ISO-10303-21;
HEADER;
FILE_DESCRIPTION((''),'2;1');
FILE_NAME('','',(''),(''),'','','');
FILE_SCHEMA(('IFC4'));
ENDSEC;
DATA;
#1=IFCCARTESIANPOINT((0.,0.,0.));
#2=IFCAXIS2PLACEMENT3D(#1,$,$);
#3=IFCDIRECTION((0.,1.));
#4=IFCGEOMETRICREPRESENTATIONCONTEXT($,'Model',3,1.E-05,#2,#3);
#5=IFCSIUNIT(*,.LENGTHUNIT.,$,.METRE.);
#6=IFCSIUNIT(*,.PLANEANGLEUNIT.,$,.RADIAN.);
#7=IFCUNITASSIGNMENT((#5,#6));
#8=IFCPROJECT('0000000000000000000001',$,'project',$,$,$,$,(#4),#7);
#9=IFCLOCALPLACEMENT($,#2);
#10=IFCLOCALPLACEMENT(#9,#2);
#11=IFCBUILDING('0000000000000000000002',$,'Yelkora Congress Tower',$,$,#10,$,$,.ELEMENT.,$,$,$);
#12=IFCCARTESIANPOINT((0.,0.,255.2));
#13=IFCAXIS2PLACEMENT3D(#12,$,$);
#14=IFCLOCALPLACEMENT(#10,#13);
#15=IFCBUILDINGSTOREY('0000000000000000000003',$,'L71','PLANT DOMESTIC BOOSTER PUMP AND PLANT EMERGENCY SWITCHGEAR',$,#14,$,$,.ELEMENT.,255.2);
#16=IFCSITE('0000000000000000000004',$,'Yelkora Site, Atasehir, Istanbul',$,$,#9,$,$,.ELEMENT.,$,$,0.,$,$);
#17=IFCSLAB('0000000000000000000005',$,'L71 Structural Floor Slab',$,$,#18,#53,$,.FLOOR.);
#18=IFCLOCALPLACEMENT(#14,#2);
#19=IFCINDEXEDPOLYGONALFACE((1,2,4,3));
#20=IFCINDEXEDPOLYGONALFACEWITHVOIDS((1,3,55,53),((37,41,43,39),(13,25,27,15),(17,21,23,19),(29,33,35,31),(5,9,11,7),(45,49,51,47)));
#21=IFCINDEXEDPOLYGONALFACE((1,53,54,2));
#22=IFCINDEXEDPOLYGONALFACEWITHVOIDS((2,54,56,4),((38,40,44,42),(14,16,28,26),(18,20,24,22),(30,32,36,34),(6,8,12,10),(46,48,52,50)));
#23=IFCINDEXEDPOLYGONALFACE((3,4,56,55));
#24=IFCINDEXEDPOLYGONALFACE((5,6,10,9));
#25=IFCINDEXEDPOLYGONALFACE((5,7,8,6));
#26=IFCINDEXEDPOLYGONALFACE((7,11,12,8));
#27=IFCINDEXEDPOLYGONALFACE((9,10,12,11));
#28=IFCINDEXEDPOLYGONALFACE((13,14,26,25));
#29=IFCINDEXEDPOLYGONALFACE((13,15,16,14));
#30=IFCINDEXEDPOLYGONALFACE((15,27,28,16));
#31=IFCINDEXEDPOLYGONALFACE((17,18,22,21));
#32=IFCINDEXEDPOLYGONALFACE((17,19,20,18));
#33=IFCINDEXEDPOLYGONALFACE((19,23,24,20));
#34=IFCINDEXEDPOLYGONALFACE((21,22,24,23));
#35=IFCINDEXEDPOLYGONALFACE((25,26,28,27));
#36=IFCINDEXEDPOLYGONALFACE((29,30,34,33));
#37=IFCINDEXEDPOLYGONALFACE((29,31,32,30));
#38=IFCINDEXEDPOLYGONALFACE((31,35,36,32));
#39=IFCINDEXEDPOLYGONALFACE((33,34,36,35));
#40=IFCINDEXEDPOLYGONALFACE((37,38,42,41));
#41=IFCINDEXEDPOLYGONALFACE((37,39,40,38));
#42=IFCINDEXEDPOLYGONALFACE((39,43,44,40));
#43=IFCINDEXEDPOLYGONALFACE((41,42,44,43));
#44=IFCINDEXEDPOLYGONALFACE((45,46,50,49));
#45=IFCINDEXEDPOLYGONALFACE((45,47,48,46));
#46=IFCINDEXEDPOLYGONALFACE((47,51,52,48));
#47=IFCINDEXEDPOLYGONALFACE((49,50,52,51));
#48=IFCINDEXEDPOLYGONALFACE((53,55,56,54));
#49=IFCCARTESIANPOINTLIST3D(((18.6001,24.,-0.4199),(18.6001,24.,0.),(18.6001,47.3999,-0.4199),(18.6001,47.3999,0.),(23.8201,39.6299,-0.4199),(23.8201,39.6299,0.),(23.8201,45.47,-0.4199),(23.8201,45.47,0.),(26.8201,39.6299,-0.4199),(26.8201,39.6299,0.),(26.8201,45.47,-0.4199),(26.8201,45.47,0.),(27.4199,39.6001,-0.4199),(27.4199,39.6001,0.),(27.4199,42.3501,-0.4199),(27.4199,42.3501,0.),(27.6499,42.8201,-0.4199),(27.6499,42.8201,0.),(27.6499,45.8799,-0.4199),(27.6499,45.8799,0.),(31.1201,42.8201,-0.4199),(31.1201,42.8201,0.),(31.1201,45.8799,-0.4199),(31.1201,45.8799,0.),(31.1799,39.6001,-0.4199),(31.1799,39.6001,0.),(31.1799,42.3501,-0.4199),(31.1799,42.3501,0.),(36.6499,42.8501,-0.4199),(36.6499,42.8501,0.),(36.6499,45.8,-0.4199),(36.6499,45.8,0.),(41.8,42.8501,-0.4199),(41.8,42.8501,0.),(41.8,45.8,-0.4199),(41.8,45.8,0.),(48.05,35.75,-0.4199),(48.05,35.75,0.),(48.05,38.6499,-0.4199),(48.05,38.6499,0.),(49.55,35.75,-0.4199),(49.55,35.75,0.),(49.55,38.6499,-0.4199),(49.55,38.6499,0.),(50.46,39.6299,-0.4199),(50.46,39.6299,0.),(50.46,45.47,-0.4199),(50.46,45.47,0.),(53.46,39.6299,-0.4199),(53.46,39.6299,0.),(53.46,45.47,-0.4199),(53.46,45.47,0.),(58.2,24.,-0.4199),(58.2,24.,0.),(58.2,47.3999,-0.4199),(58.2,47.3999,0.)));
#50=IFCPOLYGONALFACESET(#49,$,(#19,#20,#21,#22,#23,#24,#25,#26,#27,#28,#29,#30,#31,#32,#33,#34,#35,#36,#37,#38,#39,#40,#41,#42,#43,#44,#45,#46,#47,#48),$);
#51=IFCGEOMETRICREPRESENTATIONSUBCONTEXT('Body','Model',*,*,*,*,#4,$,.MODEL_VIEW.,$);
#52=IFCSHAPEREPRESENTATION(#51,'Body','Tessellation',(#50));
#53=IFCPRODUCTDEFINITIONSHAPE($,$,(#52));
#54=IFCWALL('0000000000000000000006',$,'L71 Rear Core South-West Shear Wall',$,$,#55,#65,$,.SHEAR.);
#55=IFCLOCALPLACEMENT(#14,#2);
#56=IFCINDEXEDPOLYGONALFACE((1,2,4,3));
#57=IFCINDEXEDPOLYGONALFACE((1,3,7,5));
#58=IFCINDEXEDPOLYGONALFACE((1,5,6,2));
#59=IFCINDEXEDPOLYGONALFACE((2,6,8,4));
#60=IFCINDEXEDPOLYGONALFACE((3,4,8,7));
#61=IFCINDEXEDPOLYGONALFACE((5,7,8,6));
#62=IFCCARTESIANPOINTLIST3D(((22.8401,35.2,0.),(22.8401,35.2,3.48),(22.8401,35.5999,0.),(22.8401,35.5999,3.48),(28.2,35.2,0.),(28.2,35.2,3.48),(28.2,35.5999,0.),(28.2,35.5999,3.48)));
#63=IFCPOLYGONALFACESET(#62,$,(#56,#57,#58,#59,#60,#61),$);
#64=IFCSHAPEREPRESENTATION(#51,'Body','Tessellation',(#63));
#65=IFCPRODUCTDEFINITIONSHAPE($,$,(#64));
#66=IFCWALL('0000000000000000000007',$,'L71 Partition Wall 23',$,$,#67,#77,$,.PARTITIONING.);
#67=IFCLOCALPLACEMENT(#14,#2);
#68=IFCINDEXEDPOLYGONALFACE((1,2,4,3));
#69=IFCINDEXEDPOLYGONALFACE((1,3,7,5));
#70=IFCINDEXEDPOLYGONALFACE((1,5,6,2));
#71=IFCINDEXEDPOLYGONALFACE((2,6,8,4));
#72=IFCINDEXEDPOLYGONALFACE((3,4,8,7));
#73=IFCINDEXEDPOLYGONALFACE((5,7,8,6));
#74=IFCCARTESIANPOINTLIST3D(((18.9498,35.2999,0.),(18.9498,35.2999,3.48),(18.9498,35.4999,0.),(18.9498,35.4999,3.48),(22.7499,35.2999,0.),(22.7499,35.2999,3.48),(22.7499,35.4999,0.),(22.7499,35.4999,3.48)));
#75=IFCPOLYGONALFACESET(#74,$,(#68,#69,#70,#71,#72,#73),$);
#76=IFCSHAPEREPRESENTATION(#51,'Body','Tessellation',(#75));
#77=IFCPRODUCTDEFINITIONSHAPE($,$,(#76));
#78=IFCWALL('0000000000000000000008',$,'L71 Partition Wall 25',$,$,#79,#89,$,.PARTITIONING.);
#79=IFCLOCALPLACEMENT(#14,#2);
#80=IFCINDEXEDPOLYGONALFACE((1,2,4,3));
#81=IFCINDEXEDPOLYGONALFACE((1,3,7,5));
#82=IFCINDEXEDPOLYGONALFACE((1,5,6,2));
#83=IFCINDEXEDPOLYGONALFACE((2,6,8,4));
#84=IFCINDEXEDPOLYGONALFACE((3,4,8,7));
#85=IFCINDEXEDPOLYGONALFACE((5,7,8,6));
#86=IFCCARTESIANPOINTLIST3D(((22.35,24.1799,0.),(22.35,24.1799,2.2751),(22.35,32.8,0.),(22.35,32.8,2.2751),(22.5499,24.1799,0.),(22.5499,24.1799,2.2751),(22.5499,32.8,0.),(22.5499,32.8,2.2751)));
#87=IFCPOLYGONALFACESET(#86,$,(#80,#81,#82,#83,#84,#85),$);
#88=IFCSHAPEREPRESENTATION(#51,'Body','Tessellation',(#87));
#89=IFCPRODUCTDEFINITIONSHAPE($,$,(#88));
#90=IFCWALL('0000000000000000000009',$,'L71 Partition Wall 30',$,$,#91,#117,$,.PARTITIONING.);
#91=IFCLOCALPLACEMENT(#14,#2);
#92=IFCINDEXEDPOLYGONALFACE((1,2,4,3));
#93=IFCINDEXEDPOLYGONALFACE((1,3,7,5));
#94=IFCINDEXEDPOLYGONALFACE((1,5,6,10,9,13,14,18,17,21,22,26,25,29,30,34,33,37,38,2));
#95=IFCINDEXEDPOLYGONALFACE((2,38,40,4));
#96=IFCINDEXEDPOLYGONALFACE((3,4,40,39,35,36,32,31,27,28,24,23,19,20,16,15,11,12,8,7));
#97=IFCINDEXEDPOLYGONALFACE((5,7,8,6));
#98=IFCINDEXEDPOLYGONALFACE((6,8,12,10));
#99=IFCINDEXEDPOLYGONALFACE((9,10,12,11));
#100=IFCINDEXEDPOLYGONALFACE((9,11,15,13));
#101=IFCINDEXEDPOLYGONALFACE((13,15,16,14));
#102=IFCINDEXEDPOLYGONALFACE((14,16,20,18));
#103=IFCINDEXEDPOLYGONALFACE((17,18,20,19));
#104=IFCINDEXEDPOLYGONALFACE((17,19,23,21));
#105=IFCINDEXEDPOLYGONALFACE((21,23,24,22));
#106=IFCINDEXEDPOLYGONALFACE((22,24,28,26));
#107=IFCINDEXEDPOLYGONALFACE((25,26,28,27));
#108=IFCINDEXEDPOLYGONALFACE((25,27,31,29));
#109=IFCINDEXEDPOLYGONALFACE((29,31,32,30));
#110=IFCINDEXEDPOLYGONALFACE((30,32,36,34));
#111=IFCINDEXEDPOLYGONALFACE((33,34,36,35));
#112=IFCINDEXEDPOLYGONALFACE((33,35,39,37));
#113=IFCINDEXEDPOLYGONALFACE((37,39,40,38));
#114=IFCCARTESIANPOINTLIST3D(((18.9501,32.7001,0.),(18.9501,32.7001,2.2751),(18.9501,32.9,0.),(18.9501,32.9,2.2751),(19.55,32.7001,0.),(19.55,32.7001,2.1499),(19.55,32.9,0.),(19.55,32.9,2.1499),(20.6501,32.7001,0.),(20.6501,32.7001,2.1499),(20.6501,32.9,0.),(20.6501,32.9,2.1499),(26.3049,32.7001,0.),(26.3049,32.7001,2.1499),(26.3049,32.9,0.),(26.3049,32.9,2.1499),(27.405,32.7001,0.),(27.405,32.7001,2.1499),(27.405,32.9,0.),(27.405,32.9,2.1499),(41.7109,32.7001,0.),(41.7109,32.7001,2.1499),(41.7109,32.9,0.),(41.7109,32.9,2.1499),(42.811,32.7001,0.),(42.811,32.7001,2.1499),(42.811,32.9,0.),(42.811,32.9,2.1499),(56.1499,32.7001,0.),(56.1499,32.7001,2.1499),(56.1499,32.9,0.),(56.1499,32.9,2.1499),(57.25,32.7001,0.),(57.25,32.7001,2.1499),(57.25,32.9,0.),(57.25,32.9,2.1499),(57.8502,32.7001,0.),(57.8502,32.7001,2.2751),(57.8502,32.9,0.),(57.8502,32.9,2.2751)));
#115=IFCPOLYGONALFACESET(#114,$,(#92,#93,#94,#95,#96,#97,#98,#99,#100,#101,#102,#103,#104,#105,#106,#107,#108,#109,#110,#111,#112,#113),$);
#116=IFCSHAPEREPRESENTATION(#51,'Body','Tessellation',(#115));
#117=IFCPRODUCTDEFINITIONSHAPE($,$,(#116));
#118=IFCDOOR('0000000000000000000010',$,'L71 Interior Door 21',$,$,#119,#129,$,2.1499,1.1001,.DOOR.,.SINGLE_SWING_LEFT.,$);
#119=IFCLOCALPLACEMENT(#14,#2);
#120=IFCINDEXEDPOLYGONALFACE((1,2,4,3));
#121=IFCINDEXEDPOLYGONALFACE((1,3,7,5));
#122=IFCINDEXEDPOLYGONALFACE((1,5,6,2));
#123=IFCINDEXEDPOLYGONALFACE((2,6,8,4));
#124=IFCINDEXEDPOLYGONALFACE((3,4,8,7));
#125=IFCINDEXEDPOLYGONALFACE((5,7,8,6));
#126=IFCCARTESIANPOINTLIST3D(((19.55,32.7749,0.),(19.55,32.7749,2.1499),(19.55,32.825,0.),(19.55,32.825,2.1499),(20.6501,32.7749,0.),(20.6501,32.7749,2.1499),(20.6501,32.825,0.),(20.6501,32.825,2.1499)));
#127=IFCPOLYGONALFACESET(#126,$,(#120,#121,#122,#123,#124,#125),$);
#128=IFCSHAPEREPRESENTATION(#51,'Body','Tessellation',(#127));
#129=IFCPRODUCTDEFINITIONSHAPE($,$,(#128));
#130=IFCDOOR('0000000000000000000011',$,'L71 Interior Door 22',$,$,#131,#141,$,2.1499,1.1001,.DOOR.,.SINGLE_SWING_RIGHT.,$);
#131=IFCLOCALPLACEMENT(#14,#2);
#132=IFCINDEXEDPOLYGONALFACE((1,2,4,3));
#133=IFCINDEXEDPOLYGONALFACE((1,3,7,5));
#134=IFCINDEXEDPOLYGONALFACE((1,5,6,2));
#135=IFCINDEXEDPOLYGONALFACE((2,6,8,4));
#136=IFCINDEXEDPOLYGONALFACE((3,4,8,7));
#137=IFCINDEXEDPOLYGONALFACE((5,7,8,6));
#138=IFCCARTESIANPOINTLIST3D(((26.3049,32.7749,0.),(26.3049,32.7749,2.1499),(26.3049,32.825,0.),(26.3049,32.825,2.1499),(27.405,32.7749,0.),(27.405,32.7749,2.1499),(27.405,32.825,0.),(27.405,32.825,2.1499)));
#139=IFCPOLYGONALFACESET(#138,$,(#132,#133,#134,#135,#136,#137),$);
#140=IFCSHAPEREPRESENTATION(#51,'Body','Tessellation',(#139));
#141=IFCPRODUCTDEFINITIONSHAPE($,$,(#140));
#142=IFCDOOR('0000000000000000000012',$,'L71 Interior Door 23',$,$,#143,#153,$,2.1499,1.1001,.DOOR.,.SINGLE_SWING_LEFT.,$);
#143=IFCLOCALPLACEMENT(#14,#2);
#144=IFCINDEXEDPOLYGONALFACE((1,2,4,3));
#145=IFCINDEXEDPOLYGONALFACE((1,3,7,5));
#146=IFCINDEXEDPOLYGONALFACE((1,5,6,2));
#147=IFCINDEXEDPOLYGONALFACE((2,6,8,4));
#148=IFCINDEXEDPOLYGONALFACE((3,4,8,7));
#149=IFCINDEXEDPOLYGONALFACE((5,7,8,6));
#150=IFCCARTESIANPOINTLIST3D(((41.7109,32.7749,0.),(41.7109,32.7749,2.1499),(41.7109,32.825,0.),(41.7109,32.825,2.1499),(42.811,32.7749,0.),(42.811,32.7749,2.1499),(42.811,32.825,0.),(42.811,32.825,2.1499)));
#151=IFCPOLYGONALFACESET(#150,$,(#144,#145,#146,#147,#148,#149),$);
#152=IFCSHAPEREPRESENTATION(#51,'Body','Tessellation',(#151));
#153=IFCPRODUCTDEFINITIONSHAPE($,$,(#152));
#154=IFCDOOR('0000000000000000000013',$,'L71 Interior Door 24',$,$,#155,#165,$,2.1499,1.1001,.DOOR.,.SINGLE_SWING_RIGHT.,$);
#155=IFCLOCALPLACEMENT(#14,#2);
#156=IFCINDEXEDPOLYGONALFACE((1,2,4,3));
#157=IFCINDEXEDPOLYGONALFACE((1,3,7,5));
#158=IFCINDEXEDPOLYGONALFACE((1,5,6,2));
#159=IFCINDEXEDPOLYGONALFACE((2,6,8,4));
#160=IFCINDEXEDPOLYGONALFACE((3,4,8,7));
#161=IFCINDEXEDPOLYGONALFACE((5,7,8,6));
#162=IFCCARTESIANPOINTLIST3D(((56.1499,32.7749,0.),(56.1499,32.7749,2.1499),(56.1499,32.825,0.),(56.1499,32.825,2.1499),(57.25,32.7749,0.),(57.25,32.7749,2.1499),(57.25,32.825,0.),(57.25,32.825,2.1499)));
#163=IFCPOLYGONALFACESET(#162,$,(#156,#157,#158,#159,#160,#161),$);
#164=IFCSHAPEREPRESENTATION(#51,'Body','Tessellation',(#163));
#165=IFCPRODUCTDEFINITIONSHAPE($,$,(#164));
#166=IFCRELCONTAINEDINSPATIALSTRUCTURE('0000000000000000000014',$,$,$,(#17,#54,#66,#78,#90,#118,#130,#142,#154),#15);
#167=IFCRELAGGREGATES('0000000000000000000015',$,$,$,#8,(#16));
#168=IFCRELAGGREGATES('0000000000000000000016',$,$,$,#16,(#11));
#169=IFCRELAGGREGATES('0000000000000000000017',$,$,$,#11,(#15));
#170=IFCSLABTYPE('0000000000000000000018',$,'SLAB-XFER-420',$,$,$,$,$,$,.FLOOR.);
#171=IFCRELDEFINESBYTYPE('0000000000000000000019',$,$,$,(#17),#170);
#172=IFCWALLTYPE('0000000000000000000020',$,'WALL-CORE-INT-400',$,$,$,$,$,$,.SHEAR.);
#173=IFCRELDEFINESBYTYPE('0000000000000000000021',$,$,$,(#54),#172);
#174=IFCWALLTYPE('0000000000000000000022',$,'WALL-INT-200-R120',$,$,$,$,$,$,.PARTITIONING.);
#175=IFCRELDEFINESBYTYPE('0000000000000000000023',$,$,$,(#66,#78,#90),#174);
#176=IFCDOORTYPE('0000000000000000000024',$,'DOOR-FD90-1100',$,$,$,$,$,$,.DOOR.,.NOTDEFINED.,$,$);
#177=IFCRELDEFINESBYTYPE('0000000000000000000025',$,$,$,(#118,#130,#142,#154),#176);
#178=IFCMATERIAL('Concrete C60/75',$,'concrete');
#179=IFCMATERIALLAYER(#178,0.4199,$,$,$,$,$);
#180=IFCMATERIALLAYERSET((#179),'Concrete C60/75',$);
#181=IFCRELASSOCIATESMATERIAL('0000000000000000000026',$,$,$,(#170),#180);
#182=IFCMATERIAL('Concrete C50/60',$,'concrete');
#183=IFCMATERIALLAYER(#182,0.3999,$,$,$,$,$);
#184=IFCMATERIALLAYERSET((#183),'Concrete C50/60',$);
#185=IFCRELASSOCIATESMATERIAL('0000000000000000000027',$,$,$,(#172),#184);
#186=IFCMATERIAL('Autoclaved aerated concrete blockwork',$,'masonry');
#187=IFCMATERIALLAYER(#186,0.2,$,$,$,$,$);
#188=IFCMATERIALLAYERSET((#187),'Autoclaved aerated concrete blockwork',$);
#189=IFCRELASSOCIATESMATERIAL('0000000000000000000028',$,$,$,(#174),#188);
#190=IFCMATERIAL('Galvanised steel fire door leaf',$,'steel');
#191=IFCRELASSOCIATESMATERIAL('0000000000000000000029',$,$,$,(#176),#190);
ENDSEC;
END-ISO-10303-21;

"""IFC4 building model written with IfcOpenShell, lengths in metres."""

from ifc_helpers import new_model, si_unit, direction, frame, frame_2d, origin, place, context, subcontext, project, spatial, polyline, rectangle, outline, extrude, material, layer, layer_set, type_object, element, fill, save


model = new_model("IFC4")

# Units and contexts
model_context = context("Model", 3, precision=1e-05, world=origin(), true_north=direction((0.0, 1.0)))
body_context = subcontext(model_context, "Body", "Model", "MODEL_VIEW")
ifc_project = project(units=[si_unit("LENGTHUNIT", "METRE"), si_unit("PLANEANGLEUNIT", "RADIAN")], contexts=[model_context])

# Site, building, storey
site_placement = place(None, origin())
site = spatial("IfcSite", under=ifc_project, at=site_placement, Name="Yelkora Site, Atasehir, Istanbul", CompositionType="ELEMENT", RefElevation=0.0)
building_placement = place(site_placement, origin())
building = spatial("IfcBuilding", under=site, at=building_placement, Name="Yelkora Congress Tower", CompositionType="ELEMENT")
storey_placement = place(building_placement, frame((0.0, 0.0, 255.2)))
storey = spatial("IfcBuildingStorey", under=building, at=storey_placement, Name="L71", Description="PLANT DOMESTIC BOOSTER PUMP AND PLANT EMERGENCY SWITCHGEAR", CompositionType="ELEMENT", Elevation=255.2)

# Slab
ifc_material_1 = material(Name="Concrete C60/75", Category="concrete")
ifc_layer_1 = layer(ifc_material_1, 0.4199)
ifc_layer_set_1 = layer_set([ifc_layer_1], Name="Concrete C60/75")
slab_type_1 = type_object("IfcSlabType", Name="SLAB-XFER-420", PredefinedType="FLOOR", material=ifc_layer_set_1)
slab_1_placement = place(storey_placement, frame((0.0, 0.0, -0.4199)))
element("IfcSlab", 1, at=slab_1_placement, inside=storey, type_object=slab_type_1, Name="L71 Structural Floor Slab", PredefinedType="FLOOR", context=body_context, shape_type="SweptSolid", body=[
    extrude(outline(polyline([(18.6001, 24.0), (58.2, 24.0), (58.2, 47.3999), (18.6001, 47.3999), (18.6001, 24.0)]), holes=[polyline([(23.8201, 39.6299), (26.8201, 39.6299), (26.8201, 45.47), (23.8201, 45.47), (23.8201, 39.6299)]), polyline([(50.46, 39.6299), (53.46, 39.6299), (53.46, 45.47), (50.46, 45.47), (50.46, 39.6299)]), polyline([(48.05, 35.75), (49.55, 35.75), (49.55, 38.6499), (48.05, 38.6499), (48.05, 35.75)]), polyline([(36.6499, 42.8501), (41.8, 42.8501), (41.8, 45.8), (36.6499, 45.8), (36.6499, 42.8501)]), polyline([(27.4199, 39.6001), (31.1799, 39.6001), (31.1799, 42.3501), (27.4199, 42.3501), (27.4199, 39.6001)]), polyline([(27.6499, 42.8201), (31.1201, 42.8201), (31.1201, 45.8799), (27.6499, 45.8799), (27.6499, 42.8201)])]), origin(), (0.0, 0.0, 1.0), 0.4199),
])

# Walls
ifc_material_2 = material(Name="Concrete C50/60", Category="concrete")
ifc_layer_2 = layer(ifc_material_2, 0.3999)
ifc_layer_set_2 = layer_set([ifc_layer_2], Name="Concrete C50/60")
wall_type_1 = type_object("IfcWallType", Name="WALL-CORE-INT-400", PredefinedType="SHEAR", material=ifc_layer_set_2)
wall_1_placement = place(storey_placement, frame((22.8401, 35.3999, 0.0), z_axis=(0.0, 0.0, 1.0), x_axis=(1.0, 0.0, 0.0)))
element("IfcWall", 2, at=wall_1_placement, inside=storey, type_object=wall_type_1, Name="L71 Rear Core South-West Shear Wall", PredefinedType="SHEAR", context=body_context, shape_type="SweptSolid", body=[
    extrude(rectangle(XDim=5.3599, YDim=0.3999, at=frame_2d((2.6799, 0.0))), origin(), (0.0, 0.0, 1.0), 3.48),
])
ifc_material_3 = material(Name="Autoclaved aerated concrete blockwork", Category="masonry")
ifc_layer_3 = layer(ifc_material_3, 0.2)
ifc_layer_set_3 = layer_set([ifc_layer_3], Name="Autoclaved aerated concrete blockwork")
wall_type_2 = type_object("IfcWallType", Name="WALL-INT-200-R120", PredefinedType="PARTITIONING", material=ifc_layer_set_3)
wall_2_placement = place(storey_placement, frame((18.95, 35.3999, 0.0), z_axis=(0.0, 0.0, 1.0), x_axis=(1.0, 0.0, 0.0)))
element("IfcWall", 3, at=wall_2_placement, inside=storey, type_object=wall_type_2, Name="L71 Partition Wall 23", PredefinedType="PARTITIONING", context=body_context, shape_type="SweptSolid", body=[
    extrude(rectangle(XDim=3.8, YDim=0.2, at=frame_2d((1.8999, 0.0))), origin(), (0.0, 0.0, 1.0), 3.48),
])
wall_3_placement = place(storey_placement, frame((22.45, 24.1799, 0.0), z_axis=(0.0, 0.0, 1.0), x_axis=(0.0, 1.0, 0.0)))
element("IfcWall", 4, at=wall_3_placement, inside=storey, type_object=wall_type_2, Name="L71 Partition Wall 25", PredefinedType="PARTITIONING", context=body_context, shape_type="SweptSolid", body=[
    extrude(rectangle(XDim=8.6201, YDim=0.2, at=frame_2d((4.3101, 0.0))), origin(), (0.0, 0.0, 1.0), 2.2751),
])

# Wall, openings, doors
wall_4_placement = place(storey_placement, frame((18.95, 32.8, 0.0), z_axis=(0.0, 0.0, 1.0), x_axis=(1.0, 0.0, 0.0)))
wall_4 = element("IfcWall", 5, at=wall_4_placement, inside=storey, type_object=wall_type_2, Name="L71 Partition Wall 30", PredefinedType="PARTITIONING", context=body_context, shape_type="SweptSolid", body=[
    extrude(rectangle(XDim=38.9001, YDim=0.2, at=frame_2d((19.4502, 0.0))), origin(), (0.0, 0.0, 1.0), 2.2751),
])
opening_1_placement = place(wall_4_placement, frame((0.6001, 0.0, 0.0)))
opening_1 = element("IfcOpeningElement", 6, at=opening_1_placement, cuts=wall_4, PredefinedType="OPENING", context=body_context, shape_type="SweptSolid", body=[
    extrude(rectangle(XDim=1.1001, YDim=2.1499, at=frame_2d((0.55, 1.075))), frame((0.0, 0.1099, 0.0), z_axis=(0.0, -1.0, 0.0), x_axis=(1.0, 0.0, 0.0)), (0.0, 0.0, 1.0), 0.22),
])
opening_2_placement = place(wall_4_placement, frame((7.355, 0.0, 0.0)))
opening_2 = element("IfcOpeningElement", 7, at=opening_2_placement, cuts=wall_4, PredefinedType="OPENING", context=body_context, shape_type="SweptSolid", body=[
    extrude(rectangle(XDim=1.1001, YDim=2.1499, at=frame_2d((0.55, 1.075))), frame((0.0, 0.1099, 0.0), z_axis=(0.0, -1.0, 0.0), x_axis=(1.0, 0.0, 0.0)), (0.0, 0.0, 1.0), 0.22),
])
opening_3_placement = place(wall_4_placement, frame((22.761, 0.0, 0.0)))
opening_3 = element("IfcOpeningElement", 8, at=opening_3_placement, cuts=wall_4, PredefinedType="OPENING", context=body_context, shape_type="SweptSolid", body=[
    extrude(rectangle(XDim=1.1001, YDim=2.1499, at=frame_2d((0.55, 1.075))), frame((0.0, 0.1099, 0.0), z_axis=(0.0, -1.0, 0.0), x_axis=(1.0, 0.0, 0.0)), (0.0, 0.0, 1.0), 0.22),
])
opening_4_placement = place(wall_4_placement, frame((37.2, 0.0, 0.0)))
opening_4 = element("IfcOpeningElement", 9, at=opening_4_placement, cuts=wall_4, PredefinedType="OPENING", context=body_context, shape_type="SweptSolid", body=[
    extrude(rectangle(XDim=1.1001, YDim=2.1499, at=frame_2d((0.55, 1.075))), frame((0.0, 0.1099, 0.0), z_axis=(0.0, -1.0, 0.0), x_axis=(1.0, 0.0, 0.0)), (0.0, 0.0, 1.0), 0.22),
])
ifc_material_4 = material(Name="Galvanised steel fire door leaf", Category="steel")
door_type = type_object("IfcDoorType", Name="DOOR-FD90-1100", OperationType="NOTDEFINED", PredefinedType="DOOR", material=ifc_material_4)
door_1_placement = place(opening_1_placement, origin())
door_1 = element("IfcDoor", 10, at=door_1_placement, inside=storey, type_object=door_type, Name="L71 Interior Door 21", OperationType="SINGLE_SWING_LEFT", OverallHeight=2.1499, OverallWidth=1.1001, PredefinedType="DOOR", context=body_context, shape_type="SweptSolid", body=[
    extrude(rectangle(XDim=1.1001, YDim=2.1499, at=frame_2d((0.55, 1.075))), frame((0.0, 0.0249, 0.0), z_axis=(0.0, -1.0, 0.0), x_axis=(1.0, 0.0, 0.0)), (0.0, 0.0, 1.0), 0.05),
])
fill(opening_1, door_1)
door_2_placement = place(opening_2_placement, origin())
door_2 = element("IfcDoor", 11, at=door_2_placement, inside=storey, type_object=door_type, Name="L71 Interior Door 22", OperationType="SINGLE_SWING_RIGHT", OverallHeight=2.1499, OverallWidth=1.1001, PredefinedType="DOOR", context=body_context, shape_type="SweptSolid", body=[
    extrude(rectangle(XDim=1.1001, YDim=2.1499, at=frame_2d((0.55, 1.075))), frame((0.0, 0.0249, 0.0), z_axis=(0.0, -1.0, 0.0), x_axis=(1.0, 0.0, 0.0)), (0.0, 0.0, 1.0), 0.05),
])
fill(opening_2, door_2)
door_3_placement = place(opening_3_placement, origin())
door_3 = element("IfcDoor", 12, at=door_3_placement, inside=storey, type_object=door_type, Name="L71 Interior Door 23", OperationType="SINGLE_SWING_LEFT", OverallHeight=2.1499, OverallWidth=1.1001, PredefinedType="DOOR", context=body_context, shape_type="SweptSolid", body=[
    extrude(rectangle(XDim=1.1001, YDim=2.1499, at=frame_2d((0.55, 1.075))), frame((0.0, 0.0249, 0.0), z_axis=(0.0, -1.0, 0.0), x_axis=(1.0, 0.0, 0.0)), (0.0, 0.0, 1.0), 0.05),
])
fill(opening_3, door_3)
door_4_placement = place(opening_4_placement, origin())
door_4 = element("IfcDoor", 13, at=door_4_placement, inside=storey, type_object=door_type, Name="L71 Interior Door 24", OperationType="SINGLE_SWING_RIGHT", OverallHeight=2.1499, OverallWidth=1.1001, PredefinedType="DOOR", context=body_context, shape_type="SweptSolid", body=[
    extrude(rectangle(XDim=1.1001, YDim=2.1499, at=frame_2d((0.55, 1.075))), frame((0.0, 0.0249, 0.0), z_axis=(0.0, -1.0, 0.0), x_axis=(1.0, 0.0, 0.0)), (0.0, 0.0, 1.0), 0.05),
])
fill(opening_4, door_4)

save(model, "model.ifc")
